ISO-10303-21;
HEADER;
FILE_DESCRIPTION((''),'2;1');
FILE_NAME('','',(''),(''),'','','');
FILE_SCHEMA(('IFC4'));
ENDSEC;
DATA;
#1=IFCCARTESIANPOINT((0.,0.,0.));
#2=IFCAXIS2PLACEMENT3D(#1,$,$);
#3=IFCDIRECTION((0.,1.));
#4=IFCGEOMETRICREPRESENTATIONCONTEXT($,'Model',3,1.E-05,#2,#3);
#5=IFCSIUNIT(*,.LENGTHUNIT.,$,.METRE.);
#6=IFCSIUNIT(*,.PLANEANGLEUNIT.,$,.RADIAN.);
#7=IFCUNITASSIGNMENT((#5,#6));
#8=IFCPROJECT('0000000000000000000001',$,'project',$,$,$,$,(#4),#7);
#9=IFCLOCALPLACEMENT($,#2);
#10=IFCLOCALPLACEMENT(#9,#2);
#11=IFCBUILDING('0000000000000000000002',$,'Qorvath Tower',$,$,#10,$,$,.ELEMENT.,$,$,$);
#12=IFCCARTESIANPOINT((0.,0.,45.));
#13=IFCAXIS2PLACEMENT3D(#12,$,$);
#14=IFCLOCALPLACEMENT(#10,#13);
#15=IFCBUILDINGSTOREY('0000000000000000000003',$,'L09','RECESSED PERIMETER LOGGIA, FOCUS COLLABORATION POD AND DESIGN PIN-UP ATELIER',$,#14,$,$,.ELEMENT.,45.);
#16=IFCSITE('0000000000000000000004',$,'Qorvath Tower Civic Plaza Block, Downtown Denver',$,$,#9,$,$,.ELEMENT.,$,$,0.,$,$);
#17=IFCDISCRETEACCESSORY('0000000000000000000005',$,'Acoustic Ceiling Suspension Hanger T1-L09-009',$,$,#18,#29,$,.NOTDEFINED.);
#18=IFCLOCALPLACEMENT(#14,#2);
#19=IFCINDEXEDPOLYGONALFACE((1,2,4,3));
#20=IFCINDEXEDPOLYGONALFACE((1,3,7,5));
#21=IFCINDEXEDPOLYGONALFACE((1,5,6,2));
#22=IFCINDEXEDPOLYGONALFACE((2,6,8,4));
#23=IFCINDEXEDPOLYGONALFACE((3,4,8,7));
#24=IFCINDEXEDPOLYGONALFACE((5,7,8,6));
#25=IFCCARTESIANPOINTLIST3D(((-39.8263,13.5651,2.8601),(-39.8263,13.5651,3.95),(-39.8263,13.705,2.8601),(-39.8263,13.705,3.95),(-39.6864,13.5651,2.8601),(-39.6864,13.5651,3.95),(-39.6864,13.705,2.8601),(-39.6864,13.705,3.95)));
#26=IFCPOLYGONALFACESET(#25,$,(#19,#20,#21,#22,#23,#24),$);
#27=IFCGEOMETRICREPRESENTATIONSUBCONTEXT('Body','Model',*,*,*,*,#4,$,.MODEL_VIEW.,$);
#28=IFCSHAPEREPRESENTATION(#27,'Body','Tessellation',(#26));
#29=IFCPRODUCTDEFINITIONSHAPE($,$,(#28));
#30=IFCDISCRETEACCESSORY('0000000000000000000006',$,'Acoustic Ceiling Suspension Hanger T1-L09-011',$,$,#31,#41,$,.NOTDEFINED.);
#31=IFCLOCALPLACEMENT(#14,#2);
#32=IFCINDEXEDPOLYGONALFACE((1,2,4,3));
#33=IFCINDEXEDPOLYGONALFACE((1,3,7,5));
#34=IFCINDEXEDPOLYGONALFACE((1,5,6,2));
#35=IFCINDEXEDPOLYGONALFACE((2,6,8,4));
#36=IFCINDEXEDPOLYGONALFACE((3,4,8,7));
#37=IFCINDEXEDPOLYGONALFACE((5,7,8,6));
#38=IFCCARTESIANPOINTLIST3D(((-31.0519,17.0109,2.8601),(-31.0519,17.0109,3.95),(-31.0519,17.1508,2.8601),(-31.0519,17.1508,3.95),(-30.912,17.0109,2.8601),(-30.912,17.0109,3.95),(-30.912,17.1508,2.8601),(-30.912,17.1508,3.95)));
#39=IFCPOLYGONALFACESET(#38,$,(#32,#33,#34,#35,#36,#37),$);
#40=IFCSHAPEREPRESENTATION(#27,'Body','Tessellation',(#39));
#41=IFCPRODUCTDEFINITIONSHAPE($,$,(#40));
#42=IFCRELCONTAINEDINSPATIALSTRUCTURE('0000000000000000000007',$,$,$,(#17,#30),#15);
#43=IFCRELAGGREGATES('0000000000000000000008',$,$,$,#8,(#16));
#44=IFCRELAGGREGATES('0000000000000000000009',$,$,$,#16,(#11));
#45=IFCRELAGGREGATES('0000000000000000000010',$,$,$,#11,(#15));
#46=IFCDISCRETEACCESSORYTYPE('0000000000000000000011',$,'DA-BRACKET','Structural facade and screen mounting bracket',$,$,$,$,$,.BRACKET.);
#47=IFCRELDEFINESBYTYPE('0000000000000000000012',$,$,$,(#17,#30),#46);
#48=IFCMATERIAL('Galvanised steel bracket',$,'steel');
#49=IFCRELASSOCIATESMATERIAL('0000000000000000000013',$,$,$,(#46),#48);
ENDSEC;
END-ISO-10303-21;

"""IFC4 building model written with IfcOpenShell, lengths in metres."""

from ifc_helpers import new_model, si_unit, direction, frame, origin, origin_2d, place, context, subcontext, project, spatial, rectangle, extrude, material, type_object, element, save


model = new_model("IFC4")

# Units and contexts
model_context = context("Model", 3, precision=1e-05, world=origin(), true_north=direction((0.0, 1.0)))
body_context = subcontext(model_context, "Body", "Model", "MODEL_VIEW")
ifc_project = project(units=[si_unit("LENGTHUNIT", "METRE"), si_unit("PLANEANGLEUNIT", "RADIAN")], contexts=[model_context])

# Site, building, storey
site_placement = place(None, origin())
site = spatial("IfcSite", under=ifc_project, at=site_placement, Name="Qorvath Tower Civic Plaza Block, Downtown Denver", CompositionType="ELEMENT", RefElevation=0.0)
building_placement = place(site_placement, origin())
building = spatial("IfcBuilding", under=site, at=building_placement, Name="Qorvath Tower", CompositionType="ELEMENT")
storey_placement = place(building_placement, frame((0.0, 0.0, 45.0)))
storey = spatial("IfcBuildingStorey", under=building, at=storey_placement, Name="L09", Description="RECESSED PERIMETER LOGGIA, FOCUS COLLABORATION POD AND DESIGN PIN-UP ATELIER", CompositionType="ELEMENT", Elevation=45.0)

# Discrete accessories
ifc_material_1 = material(Name="Galvanised steel bracket", Category="steel")
discrete_accessory_type = type_object("IfcDiscreteAccessoryType", Name="DA-BRACKET", Description="Structural facade and screen mounting bracket", PredefinedType="BRACKET", material=ifc_material_1)
for number, where, z_axis, x_axis, name in (
    (1, (-39.7563, 13.635, 2.8601), (0.0, 0.0, 1.0), (1.0, 0.0, 0.0), "Acoustic Ceiling Suspension Hanger T1-L09-009"),
    (2, (-30.9819, 17.0808, 2.8601), (0.0, 0.0, 1.0), (1.0, 0.0, 0.0), "Acoustic Ceiling Suspension Hanger T1-L09-011"),
):
    element("IfcDiscreteAccessory", number, at=place(storey_placement, frame(where, z_axis=z_axis, x_axis=x_axis)), inside=storey, type_object=discrete_accessory_type, Name=name, PredefinedType="NOTDEFINED", context=body_context, shape_type="SweptSolid", body=[
        extrude(rectangle(XDim=0.1399, YDim=0.1399, at=origin_2d()), origin(), (0.0, 0.0, 1.0), 1.0898),
    ])

save(model, "model.ifc")
